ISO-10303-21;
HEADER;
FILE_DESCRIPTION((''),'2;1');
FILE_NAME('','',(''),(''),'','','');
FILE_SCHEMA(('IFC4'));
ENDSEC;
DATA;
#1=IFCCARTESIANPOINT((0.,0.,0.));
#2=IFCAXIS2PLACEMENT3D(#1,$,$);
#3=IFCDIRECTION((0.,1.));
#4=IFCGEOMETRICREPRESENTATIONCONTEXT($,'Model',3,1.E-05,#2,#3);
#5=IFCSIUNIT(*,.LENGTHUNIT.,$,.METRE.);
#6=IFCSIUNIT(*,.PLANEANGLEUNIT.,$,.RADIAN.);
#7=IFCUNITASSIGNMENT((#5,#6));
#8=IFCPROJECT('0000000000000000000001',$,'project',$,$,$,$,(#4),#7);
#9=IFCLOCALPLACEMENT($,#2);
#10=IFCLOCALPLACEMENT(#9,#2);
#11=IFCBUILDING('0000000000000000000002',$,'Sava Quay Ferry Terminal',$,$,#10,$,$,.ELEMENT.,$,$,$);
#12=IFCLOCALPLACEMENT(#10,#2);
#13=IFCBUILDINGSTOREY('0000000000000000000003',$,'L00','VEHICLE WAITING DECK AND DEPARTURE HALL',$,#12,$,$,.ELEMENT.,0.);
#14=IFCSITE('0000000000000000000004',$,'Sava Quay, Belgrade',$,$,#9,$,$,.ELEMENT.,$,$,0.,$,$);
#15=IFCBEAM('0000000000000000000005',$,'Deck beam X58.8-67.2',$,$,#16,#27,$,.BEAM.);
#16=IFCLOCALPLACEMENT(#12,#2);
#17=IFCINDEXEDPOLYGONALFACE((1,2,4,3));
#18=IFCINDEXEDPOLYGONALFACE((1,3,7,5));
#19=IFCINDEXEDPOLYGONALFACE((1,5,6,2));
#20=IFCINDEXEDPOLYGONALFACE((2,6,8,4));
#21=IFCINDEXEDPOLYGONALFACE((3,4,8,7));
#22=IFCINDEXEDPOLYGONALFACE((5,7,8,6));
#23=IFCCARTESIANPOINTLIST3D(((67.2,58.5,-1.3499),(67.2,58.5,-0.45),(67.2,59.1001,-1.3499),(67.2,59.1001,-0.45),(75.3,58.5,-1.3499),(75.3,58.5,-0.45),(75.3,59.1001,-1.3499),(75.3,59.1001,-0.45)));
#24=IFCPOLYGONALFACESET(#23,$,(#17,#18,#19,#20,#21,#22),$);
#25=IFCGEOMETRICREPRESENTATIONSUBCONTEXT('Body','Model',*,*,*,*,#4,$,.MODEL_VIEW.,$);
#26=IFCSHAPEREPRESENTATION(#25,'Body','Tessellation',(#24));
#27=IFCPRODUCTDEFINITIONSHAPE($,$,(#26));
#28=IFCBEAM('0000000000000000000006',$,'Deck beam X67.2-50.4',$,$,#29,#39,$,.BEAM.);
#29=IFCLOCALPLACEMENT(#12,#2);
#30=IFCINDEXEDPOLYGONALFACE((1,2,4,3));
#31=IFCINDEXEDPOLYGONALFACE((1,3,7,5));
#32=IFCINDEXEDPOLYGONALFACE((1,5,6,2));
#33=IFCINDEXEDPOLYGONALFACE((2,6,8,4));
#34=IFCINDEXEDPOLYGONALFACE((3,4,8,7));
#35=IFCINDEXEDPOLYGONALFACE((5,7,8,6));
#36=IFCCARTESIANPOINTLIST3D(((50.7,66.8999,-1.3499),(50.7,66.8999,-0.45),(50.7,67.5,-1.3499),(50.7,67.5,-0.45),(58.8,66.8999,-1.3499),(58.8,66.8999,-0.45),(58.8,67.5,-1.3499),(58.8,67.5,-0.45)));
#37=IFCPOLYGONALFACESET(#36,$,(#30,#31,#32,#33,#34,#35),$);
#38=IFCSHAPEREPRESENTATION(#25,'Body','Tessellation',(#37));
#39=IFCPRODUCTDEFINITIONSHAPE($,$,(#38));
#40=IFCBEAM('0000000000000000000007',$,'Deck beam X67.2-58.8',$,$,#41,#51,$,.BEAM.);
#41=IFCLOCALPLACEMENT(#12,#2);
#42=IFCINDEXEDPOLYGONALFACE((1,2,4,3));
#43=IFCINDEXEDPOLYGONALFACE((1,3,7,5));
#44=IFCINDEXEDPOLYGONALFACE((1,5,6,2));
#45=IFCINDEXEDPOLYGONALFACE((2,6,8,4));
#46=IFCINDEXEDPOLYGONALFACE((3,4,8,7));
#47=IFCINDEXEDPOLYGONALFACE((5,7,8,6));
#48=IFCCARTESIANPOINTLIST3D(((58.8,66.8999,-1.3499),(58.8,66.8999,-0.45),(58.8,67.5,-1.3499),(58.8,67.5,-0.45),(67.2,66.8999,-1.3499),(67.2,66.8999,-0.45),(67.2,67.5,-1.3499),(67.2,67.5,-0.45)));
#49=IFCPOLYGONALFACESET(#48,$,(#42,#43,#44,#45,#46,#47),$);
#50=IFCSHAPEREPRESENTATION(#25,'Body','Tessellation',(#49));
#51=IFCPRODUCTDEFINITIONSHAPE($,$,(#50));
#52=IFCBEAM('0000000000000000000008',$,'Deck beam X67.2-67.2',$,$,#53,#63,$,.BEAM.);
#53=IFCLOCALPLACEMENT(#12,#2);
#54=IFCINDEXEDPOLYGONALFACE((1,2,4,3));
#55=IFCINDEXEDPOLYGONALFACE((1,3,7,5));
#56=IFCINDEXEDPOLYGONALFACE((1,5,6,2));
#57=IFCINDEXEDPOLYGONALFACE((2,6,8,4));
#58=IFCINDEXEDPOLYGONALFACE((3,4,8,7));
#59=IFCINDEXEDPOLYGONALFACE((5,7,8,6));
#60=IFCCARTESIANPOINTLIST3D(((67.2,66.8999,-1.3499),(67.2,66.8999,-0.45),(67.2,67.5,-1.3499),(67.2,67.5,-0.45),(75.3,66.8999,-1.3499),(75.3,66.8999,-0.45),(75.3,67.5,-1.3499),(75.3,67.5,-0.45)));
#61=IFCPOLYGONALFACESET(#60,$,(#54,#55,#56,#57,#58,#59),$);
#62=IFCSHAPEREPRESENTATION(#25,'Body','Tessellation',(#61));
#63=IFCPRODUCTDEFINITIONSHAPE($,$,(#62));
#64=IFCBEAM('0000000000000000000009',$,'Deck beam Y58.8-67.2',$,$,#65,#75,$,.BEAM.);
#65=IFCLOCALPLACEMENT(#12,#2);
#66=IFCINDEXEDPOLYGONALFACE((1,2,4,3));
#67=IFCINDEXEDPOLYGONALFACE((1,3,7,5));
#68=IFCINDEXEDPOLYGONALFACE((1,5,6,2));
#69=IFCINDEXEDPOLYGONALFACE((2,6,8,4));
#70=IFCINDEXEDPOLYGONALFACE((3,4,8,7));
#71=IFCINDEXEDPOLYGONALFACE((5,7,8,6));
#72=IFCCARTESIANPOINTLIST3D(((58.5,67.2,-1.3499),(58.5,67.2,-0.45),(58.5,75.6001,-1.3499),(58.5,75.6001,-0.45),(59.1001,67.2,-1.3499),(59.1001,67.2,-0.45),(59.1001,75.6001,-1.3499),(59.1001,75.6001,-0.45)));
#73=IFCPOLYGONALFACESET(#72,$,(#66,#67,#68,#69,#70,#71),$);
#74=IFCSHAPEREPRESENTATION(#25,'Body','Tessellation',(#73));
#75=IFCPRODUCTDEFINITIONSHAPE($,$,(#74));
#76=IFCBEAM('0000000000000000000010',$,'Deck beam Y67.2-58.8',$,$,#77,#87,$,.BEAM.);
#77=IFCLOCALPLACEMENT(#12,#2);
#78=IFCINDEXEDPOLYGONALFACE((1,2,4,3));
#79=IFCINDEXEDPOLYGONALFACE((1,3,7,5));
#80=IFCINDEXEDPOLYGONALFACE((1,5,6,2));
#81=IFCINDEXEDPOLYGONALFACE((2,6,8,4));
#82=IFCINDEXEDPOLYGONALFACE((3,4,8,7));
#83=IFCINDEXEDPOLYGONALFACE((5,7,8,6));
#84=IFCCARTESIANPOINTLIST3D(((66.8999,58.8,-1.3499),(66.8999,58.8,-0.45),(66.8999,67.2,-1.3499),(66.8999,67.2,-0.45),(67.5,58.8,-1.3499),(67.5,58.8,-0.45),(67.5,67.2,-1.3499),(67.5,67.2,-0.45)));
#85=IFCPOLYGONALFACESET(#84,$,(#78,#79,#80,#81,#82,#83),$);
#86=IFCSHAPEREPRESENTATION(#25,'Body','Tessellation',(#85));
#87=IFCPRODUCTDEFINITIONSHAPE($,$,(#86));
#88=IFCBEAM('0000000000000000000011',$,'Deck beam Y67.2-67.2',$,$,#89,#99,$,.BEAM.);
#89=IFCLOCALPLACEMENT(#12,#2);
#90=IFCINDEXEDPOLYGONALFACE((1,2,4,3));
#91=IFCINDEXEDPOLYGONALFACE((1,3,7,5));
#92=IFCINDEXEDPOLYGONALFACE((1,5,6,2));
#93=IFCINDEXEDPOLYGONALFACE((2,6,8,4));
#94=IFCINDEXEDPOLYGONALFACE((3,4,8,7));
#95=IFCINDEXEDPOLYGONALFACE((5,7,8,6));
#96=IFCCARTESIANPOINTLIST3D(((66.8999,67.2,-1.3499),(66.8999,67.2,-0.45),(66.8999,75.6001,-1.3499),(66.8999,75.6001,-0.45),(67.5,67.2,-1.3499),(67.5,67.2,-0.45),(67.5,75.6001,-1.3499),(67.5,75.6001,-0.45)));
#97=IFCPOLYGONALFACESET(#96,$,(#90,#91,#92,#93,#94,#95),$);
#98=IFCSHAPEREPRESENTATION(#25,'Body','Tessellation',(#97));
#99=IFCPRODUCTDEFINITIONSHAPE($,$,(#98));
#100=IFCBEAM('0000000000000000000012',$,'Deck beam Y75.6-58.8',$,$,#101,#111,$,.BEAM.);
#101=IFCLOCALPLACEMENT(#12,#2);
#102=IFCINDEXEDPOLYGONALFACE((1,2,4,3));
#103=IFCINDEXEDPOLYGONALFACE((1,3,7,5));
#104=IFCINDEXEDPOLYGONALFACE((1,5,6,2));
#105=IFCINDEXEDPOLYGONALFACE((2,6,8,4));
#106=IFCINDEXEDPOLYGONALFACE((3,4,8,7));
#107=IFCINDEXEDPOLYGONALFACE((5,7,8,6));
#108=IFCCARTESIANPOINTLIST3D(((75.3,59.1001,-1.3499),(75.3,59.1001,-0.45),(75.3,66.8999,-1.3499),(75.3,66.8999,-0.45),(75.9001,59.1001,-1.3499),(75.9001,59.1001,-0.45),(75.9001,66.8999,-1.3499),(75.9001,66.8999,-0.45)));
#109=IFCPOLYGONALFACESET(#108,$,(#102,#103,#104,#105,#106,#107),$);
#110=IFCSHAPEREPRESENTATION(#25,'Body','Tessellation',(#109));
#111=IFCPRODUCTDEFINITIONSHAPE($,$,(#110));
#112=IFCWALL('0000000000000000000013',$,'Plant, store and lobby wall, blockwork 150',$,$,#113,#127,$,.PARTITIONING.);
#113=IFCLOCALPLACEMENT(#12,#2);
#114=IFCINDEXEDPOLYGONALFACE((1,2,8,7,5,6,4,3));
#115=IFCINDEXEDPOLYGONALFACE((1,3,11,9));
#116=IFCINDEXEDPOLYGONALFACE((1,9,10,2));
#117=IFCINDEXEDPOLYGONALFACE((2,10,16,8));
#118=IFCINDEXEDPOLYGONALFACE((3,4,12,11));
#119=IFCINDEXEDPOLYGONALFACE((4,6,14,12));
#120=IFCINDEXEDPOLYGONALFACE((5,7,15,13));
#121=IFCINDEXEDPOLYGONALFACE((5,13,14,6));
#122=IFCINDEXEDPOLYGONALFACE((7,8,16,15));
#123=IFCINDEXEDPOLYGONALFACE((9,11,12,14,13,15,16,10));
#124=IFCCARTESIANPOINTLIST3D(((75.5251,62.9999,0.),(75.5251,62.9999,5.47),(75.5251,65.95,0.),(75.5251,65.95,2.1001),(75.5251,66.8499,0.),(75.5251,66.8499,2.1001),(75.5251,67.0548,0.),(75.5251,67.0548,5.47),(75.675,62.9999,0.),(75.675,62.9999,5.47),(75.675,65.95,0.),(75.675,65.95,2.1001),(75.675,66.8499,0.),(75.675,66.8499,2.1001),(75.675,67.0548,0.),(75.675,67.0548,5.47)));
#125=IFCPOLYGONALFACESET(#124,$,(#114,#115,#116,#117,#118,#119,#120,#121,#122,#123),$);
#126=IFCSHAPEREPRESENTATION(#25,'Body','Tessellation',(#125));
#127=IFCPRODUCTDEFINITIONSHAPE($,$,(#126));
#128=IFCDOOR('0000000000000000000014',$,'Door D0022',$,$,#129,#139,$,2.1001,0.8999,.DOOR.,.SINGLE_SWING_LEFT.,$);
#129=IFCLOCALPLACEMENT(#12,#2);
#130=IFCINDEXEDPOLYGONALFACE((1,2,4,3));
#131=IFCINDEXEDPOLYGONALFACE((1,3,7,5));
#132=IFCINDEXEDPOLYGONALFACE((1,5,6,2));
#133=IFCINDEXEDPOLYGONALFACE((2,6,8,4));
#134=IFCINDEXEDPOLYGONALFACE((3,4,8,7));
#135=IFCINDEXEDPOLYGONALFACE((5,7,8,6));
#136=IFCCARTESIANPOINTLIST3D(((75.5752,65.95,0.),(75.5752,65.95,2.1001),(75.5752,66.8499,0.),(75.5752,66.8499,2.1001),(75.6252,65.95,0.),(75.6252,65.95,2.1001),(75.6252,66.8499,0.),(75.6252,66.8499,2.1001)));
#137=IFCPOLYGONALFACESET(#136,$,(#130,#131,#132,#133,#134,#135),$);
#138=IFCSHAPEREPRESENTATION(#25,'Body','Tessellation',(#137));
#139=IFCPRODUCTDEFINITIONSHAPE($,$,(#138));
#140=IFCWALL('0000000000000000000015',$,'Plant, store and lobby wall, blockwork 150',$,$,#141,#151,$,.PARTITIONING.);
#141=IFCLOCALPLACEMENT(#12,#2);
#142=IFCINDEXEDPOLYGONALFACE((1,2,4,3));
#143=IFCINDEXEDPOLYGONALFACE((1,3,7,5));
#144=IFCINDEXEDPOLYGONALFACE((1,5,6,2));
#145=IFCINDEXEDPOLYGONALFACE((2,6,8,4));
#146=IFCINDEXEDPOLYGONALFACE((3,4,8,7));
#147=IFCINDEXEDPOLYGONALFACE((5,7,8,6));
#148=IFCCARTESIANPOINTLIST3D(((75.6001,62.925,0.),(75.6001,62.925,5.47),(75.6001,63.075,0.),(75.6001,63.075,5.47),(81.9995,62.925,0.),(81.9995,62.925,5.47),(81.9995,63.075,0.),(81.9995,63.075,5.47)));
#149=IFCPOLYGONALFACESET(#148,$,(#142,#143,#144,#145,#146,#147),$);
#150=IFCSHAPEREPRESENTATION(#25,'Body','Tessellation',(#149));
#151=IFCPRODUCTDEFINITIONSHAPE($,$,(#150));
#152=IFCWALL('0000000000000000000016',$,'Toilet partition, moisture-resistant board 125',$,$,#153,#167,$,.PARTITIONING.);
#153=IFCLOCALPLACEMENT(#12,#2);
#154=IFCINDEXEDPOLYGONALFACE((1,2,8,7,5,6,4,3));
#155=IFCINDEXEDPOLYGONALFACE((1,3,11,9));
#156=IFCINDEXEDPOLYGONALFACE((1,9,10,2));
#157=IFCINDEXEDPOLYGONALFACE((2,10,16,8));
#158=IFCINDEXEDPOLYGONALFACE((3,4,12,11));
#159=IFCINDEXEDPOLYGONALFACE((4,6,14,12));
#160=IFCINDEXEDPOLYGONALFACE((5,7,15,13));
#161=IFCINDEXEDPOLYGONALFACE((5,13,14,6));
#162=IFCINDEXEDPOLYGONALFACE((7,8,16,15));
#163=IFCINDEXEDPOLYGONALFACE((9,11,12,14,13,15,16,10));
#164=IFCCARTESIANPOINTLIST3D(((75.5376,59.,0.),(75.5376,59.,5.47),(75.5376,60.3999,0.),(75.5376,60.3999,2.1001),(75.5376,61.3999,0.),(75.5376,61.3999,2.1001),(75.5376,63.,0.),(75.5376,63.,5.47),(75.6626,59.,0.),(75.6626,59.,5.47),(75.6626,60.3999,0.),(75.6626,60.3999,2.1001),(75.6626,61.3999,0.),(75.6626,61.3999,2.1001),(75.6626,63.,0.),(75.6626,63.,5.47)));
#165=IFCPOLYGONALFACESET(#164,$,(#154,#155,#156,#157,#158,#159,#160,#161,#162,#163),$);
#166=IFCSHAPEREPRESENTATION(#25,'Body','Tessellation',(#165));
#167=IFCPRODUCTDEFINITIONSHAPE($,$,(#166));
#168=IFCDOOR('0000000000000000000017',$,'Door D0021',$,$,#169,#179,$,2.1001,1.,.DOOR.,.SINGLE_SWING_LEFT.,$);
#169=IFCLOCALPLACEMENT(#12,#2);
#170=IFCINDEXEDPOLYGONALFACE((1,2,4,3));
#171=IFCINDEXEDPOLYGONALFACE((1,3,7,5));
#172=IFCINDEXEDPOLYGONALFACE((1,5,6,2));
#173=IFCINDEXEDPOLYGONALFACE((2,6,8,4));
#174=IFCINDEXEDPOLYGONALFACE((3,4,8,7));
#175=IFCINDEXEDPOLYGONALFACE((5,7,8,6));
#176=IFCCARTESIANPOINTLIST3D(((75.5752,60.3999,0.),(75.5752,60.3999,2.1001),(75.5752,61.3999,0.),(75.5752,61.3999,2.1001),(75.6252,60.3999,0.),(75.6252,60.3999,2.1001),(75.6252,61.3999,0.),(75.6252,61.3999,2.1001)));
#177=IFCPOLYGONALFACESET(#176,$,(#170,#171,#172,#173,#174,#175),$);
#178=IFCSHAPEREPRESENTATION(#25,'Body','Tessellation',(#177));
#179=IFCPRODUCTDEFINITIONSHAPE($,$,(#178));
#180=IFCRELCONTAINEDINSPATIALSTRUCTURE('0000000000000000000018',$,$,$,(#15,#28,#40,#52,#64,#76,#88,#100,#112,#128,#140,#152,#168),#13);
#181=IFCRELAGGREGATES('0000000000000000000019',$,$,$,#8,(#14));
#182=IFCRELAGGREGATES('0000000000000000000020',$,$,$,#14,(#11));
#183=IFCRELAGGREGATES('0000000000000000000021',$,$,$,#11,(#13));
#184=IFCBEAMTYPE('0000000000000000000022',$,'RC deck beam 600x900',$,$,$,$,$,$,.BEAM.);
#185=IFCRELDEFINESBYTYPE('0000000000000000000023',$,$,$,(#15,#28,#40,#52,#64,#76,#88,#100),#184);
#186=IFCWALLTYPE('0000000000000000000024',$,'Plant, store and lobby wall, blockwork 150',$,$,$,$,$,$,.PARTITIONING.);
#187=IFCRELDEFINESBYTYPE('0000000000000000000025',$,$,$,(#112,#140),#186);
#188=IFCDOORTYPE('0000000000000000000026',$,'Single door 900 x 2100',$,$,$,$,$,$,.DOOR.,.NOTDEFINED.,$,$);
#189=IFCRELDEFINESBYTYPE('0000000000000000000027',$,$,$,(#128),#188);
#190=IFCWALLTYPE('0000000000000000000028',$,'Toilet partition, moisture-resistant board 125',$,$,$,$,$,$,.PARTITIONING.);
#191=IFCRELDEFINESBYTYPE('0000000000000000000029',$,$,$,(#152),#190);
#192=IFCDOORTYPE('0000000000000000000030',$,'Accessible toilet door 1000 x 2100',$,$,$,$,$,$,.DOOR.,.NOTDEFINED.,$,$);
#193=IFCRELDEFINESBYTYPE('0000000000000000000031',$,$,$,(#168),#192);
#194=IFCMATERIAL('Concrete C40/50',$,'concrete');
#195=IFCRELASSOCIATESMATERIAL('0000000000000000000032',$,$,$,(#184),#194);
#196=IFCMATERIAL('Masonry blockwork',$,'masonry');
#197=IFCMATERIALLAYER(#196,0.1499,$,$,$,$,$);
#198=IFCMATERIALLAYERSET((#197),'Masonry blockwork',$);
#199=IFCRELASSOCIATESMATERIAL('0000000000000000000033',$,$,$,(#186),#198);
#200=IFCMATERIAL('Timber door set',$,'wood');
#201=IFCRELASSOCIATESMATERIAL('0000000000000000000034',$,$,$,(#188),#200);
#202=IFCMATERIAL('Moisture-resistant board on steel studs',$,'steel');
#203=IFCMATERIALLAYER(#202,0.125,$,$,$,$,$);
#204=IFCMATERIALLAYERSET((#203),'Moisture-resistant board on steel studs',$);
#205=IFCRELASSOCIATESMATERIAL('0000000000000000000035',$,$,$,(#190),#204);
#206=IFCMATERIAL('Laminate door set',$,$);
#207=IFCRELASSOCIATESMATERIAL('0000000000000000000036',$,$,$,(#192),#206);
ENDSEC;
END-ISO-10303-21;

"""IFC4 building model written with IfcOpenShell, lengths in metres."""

from ifc_helpers import new_model, si_unit, direction, frame, frame_2d, origin, origin_2d, place, context, subcontext, project, spatial, rectangle, extrude, material, layer, layer_set, material_profile, profile_set, type_object, element, fill, save


model = new_model("IFC4")

# Units and contexts
model_context = context("Model", 3, precision=1e-05, world=origin(), true_north=direction((0.0, 1.0)))
body_context = subcontext(model_context, "Body", "Model", "MODEL_VIEW")
ifc_project = project(units=[si_unit("LENGTHUNIT", "METRE"), si_unit("PLANEANGLEUNIT", "RADIAN")], contexts=[model_context])

# Site, building, storey
site_placement = place(None, origin())
site = spatial("IfcSite", under=ifc_project, at=site_placement, Name="Sava Quay, Belgrade", CompositionType="ELEMENT", RefElevation=0.0)
building_placement = place(site_placement, origin())
building = spatial("IfcBuilding", under=site, at=building_placement, Name="Sava Quay Ferry Terminal", CompositionType="ELEMENT")
storey_placement = place(building_placement, origin())
storey = spatial("IfcBuildingStorey", under=building, at=storey_placement, Name="L00", Description="VEHICLE WAITING DECK AND DEPARTURE HALL", CompositionType="ELEMENT", Elevation=0.0)

# Beams
ifc_material_1 = material(Name="Concrete C40/50", Category="concrete")
ifc_material_profile_1 = material_profile(ifc_material_1, rectangle(XDim=0.6001, YDim=0.8999, at=origin_2d()), Name="RC 600x900")
ifc_profile_set_1 = profile_set([ifc_material_profile_1], Name="Concrete C40/50")
beam_type = type_object("IfcBeamType", Name="RC deck beam 600x900", PredefinedType="BEAM", material=ifc_profile_set_1)
for number, where, z_axis, x_axis, name in (
    (1, (67.2, 58.8, -0.8999), (1.0, 0.0, 0.0), (0.0, 1.0, 0.0), "Deck beam X58.8-67.2"),
    (2, (50.7, 67.2, -0.8999), (1.0, 0.0, 0.0), (0.0, 1.0, 0.0), "Deck beam X67.2-50.4"),
):
    element("IfcBeam", number, at=place(storey_placement, frame(where, z_axis=z_axis, x_axis=x_axis)), inside=storey, type_object=beam_type, Name=name, PredefinedType="BEAM", context=body_context, shape_type="SweptSolid", body=[
        extrude(rectangle(XDim=0.6001, YDim=0.8999, at=origin_2d()), origin(), (0.0, 0.0, 1.0), 8.1001),
    ])
beam_1_placement = place(storey_placement, frame((58.8, 67.2, -0.8999), z_axis=(1.0, 0.0, 0.0), x_axis=(0.0, 1.0, 0.0)))
element("IfcBeam", 3, at=beam_1_placement, inside=storey, type_object=beam_type, Name="Deck beam X67.2-58.8", PredefinedType="BEAM", context=body_context, shape_type="SweptSolid", body=[
    extrude(rectangle(XDim=0.6001, YDim=0.8999, at=origin_2d()), origin(), (0.0, 0.0, 1.0), 8.3999),
])
beam_2_placement = place(storey_placement, frame((67.2, 67.2, -0.8999), z_axis=(1.0, 0.0, 0.0), x_axis=(0.0, 1.0, 0.0)))
element("IfcBeam", 4, at=beam_2_placement, inside=storey, type_object=beam_type, Name="Deck beam X67.2-67.2", PredefinedType="BEAM", context=body_context, shape_type="SweptSolid", body=[
    extrude(rectangle(XDim=0.6001, YDim=0.8999, at=origin_2d()), origin(), (0.0, 0.0, 1.0), 8.1001),
])
beam_3_placement = place(storey_placement, frame((58.8, 67.2, -0.8999), z_axis=(0.0, 1.0, 0.0), x_axis=(-1.0, 0.0, 0.0)))
element("IfcBeam", 5, at=beam_3_placement, inside=storey, type_object=beam_type, Name="Deck beam Y58.8-67.2", PredefinedType="BEAM", context=body_context, shape_type="SweptSolid", body=[
    extrude(rectangle(XDim=0.6001, YDim=0.8999, at=origin_2d()), origin(), (0.0, 0.0, 1.0), 8.4001),
])
beam_4_placement = place(storey_placement, frame((67.2, 58.8, -0.8999), z_axis=(0.0, 1.0, 0.0), x_axis=(-1.0, 0.0, 0.0)))
element("IfcBeam", 6, at=beam_4_placement, inside=storey, type_object=beam_type, Name="Deck beam Y67.2-58.8", PredefinedType="BEAM", context=body_context, shape_type="SweptSolid", body=[
    extrude(rectangle(XDim=0.6001, YDim=0.8999, at=origin_2d()), origin(), (0.0, 0.0, 1.0), 8.3999),
])
beam_5_placement = place(storey_placement, frame((67.2, 67.2, -0.8999), z_axis=(0.0, 1.0, 0.0), x_axis=(-1.0, 0.0, 0.0)))
element("IfcBeam", 7, at=beam_5_placement, inside=storey, type_object=beam_type, Name="Deck beam Y67.2-67.2", PredefinedType="BEAM", context=body_context, shape_type="SweptSolid", body=[
    extrude(rectangle(XDim=0.6001, YDim=0.8999, at=origin_2d()), origin(), (0.0, 0.0, 1.0), 8.4001),
])
beam_6_placement = place(storey_placement, frame((75.6001, 59.1001, -0.8999), z_axis=(0.0, 1.0, 0.0), x_axis=(-1.0, 0.0, 0.0)))
element("IfcBeam", 8, at=beam_6_placement, inside=storey, type_object=beam_type, Name="Deck beam Y75.6-58.8", PredefinedType="BEAM", context=body_context, shape_type="SweptSolid", body=[
    extrude(rectangle(XDim=0.6001, YDim=0.8999, at=origin_2d()), origin(), (0.0, 0.0, 1.0), 7.7998),
])

# Wall, opening, door
ifc_material_2 = material(Name="Masonry blockwork", Category="masonry")
ifc_layer_1 = layer(ifc_material_2, 0.1499)
ifc_layer_set_1 = layer_set([ifc_layer_1], Name="Masonry blockwork")
wall_type_1 = type_object("IfcWallType", Name="Plant, store and lobby wall, blockwork 150", PredefinedType="PARTITIONING", material=ifc_layer_set_1)
wall_1_placement = place(storey_placement, frame((75.6001, 63.0, 0.0), z_axis=(0.0, 0.0, 1.0), x_axis=(0.0, 1.0, 0.0)))
wall_1 = element("IfcWall", 9, at=wall_1_placement, inside=storey, type_object=wall_type_1, Name="Plant, store and lobby wall, blockwork 150", PredefinedType="PARTITIONING", context=body_context, shape_type="SweptSolid", body=[
    extrude(rectangle(XDim=4.0549, YDim=0.1499, at=frame_2d((2.0273, 0.0))), origin(), (0.0, 0.0, 1.0), 5.47),
])
opening_1_placement = place(wall_1_placement, frame((2.95, 0.0, 0.0)))
opening_1 = element("IfcOpeningElement", 10, at=opening_1_placement, cuts=wall_1, PredefinedType="OPENING", context=body_context, shape_type="SweptSolid", body=[
    extrude(rectangle(XDim=0.8999, YDim=2.1001, at=frame_2d((0.45, 1.05))), frame((0.0, 0.075, 0.0), z_axis=(0.0, -1.0, 0.0), x_axis=(1.0, 0.0, 0.0)), (0.0, 0.0, 1.0), 0.1499),
])
ifc_material_3 = material(Name="Timber door set", Category="wood")
door_type_1 = type_object("IfcDoorType", Name="Single door 900 x 2100", OperationType="NOTDEFINED", PredefinedType="DOOR", material=ifc_material_3)
door_1_placement = place(opening_1_placement, origin())
door_1 = element("IfcDoor", 11, at=door_1_placement, inside=storey, type_object=door_type_1, Name="Door D0022", OperationType="SINGLE_SWING_LEFT", OverallHeight=2.1001, OverallWidth=0.8999, PredefinedType="DOOR", context=body_context, shape_type="SweptSolid", body=[
    extrude(rectangle(XDim=0.8999, YDim=2.1001, at=frame_2d((0.45, 1.05))), frame((0.0, 0.0249, 0.0), z_axis=(0.0, -1.0, 0.0), x_axis=(1.0, 0.0, 0.0)), (0.0, 0.0, 1.0), 0.05),
])
fill(opening_1, door_1)

# Wall
wall_2_placement = place(storey_placement, frame((75.6001, 63.0, 0.0), z_axis=(0.0, 0.0, 1.0), x_axis=(1.0, 0.0, 0.0)))
element("IfcWall", 12, at=wall_2_placement, inside=storey, type_object=wall_type_1, Name="Plant, store and lobby wall, blockwork 150", PredefinedType="PARTITIONING", context=body_context, shape_type="SweptSolid", body=[
    extrude(rectangle(XDim=6.3994, YDim=0.1499, at=frame_2d((3.1997, 0.0))), origin(), (0.0, 0.0, 1.0), 5.47),
])

# Wall, opening, door
ifc_material_4 = material(Name="Moisture-resistant board on steel studs", Category="steel")
ifc_layer_2 = layer(ifc_material_4, 0.125)
ifc_layer_set_2 = layer_set([ifc_layer_2], Name="Moisture-resistant board on steel studs")
wall_type_2 = type_object("IfcWallType", Name="Toilet partition, moisture-resistant board 125", PredefinedType="PARTITIONING", material=ifc_layer_set_2)
wall_3_placement = place(storey_placement, frame((75.6001, 59.0, 0.0), z_axis=(0.0, 0.0, 1.0), x_axis=(0.0, 1.0, 0.0)))
wall_3 = element("IfcWall", 13, at=wall_3_placement, inside=storey, type_object=wall_type_2, Name="Toilet partition, moisture-resistant board 125", PredefinedType="PARTITIONING", context=body_context, shape_type="SweptSolid", body=[
    extrude(rectangle(XDim=4.0, YDim=0.125, at=frame_2d((2.0, 0.0))), origin(), (0.0, 0.0, 1.0), 5.47),
])
opening_2_placement = place(wall_3_placement, frame((1.3999, 0.0, 0.0)))
opening_2 = element("IfcOpeningElement", 14, at=opening_2_placement, cuts=wall_3, PredefinedType="OPENING", context=body_context, shape_type="SweptSolid", body=[
    extrude(rectangle(XDim=1.0, YDim=2.1001, at=frame_2d((0.5, 1.05))), frame((0.0, 0.0625, 0.0), z_axis=(0.0, -1.0, 0.0), x_axis=(1.0, 0.0, 0.0)), (0.0, 0.0, 1.0), 0.125),
])
ifc_material_5 = material(Name="Laminate door set")
door_type_2 = type_object("IfcDoorType", Name="Accessible toilet door 1000 x 2100", OperationType="NOTDEFINED", PredefinedType="DOOR", material=ifc_material_5)
door_2_placement = place(opening_2_placement, origin())
door_2 = element("IfcDoor", 15, at=door_2_placement, inside=storey, type_object=door_type_2, Name="Door D0021", OperationType="SINGLE_SWING_LEFT", OverallHeight=2.1001, OverallWidth=1.0, PredefinedType="DOOR", context=body_context, shape_type="SweptSolid", body=[
    extrude(rectangle(XDim=1.0, YDim=2.1001, at=frame_2d((0.5, 1.05))), frame((0.0, 0.0249, 0.0), z_axis=(0.0, -1.0, 0.0), x_axis=(1.0, 0.0, 0.0)), (0.0, 0.0, 1.0), 0.05),
])
fill(opening_2, door_2)

save(model, "model.ifc")
